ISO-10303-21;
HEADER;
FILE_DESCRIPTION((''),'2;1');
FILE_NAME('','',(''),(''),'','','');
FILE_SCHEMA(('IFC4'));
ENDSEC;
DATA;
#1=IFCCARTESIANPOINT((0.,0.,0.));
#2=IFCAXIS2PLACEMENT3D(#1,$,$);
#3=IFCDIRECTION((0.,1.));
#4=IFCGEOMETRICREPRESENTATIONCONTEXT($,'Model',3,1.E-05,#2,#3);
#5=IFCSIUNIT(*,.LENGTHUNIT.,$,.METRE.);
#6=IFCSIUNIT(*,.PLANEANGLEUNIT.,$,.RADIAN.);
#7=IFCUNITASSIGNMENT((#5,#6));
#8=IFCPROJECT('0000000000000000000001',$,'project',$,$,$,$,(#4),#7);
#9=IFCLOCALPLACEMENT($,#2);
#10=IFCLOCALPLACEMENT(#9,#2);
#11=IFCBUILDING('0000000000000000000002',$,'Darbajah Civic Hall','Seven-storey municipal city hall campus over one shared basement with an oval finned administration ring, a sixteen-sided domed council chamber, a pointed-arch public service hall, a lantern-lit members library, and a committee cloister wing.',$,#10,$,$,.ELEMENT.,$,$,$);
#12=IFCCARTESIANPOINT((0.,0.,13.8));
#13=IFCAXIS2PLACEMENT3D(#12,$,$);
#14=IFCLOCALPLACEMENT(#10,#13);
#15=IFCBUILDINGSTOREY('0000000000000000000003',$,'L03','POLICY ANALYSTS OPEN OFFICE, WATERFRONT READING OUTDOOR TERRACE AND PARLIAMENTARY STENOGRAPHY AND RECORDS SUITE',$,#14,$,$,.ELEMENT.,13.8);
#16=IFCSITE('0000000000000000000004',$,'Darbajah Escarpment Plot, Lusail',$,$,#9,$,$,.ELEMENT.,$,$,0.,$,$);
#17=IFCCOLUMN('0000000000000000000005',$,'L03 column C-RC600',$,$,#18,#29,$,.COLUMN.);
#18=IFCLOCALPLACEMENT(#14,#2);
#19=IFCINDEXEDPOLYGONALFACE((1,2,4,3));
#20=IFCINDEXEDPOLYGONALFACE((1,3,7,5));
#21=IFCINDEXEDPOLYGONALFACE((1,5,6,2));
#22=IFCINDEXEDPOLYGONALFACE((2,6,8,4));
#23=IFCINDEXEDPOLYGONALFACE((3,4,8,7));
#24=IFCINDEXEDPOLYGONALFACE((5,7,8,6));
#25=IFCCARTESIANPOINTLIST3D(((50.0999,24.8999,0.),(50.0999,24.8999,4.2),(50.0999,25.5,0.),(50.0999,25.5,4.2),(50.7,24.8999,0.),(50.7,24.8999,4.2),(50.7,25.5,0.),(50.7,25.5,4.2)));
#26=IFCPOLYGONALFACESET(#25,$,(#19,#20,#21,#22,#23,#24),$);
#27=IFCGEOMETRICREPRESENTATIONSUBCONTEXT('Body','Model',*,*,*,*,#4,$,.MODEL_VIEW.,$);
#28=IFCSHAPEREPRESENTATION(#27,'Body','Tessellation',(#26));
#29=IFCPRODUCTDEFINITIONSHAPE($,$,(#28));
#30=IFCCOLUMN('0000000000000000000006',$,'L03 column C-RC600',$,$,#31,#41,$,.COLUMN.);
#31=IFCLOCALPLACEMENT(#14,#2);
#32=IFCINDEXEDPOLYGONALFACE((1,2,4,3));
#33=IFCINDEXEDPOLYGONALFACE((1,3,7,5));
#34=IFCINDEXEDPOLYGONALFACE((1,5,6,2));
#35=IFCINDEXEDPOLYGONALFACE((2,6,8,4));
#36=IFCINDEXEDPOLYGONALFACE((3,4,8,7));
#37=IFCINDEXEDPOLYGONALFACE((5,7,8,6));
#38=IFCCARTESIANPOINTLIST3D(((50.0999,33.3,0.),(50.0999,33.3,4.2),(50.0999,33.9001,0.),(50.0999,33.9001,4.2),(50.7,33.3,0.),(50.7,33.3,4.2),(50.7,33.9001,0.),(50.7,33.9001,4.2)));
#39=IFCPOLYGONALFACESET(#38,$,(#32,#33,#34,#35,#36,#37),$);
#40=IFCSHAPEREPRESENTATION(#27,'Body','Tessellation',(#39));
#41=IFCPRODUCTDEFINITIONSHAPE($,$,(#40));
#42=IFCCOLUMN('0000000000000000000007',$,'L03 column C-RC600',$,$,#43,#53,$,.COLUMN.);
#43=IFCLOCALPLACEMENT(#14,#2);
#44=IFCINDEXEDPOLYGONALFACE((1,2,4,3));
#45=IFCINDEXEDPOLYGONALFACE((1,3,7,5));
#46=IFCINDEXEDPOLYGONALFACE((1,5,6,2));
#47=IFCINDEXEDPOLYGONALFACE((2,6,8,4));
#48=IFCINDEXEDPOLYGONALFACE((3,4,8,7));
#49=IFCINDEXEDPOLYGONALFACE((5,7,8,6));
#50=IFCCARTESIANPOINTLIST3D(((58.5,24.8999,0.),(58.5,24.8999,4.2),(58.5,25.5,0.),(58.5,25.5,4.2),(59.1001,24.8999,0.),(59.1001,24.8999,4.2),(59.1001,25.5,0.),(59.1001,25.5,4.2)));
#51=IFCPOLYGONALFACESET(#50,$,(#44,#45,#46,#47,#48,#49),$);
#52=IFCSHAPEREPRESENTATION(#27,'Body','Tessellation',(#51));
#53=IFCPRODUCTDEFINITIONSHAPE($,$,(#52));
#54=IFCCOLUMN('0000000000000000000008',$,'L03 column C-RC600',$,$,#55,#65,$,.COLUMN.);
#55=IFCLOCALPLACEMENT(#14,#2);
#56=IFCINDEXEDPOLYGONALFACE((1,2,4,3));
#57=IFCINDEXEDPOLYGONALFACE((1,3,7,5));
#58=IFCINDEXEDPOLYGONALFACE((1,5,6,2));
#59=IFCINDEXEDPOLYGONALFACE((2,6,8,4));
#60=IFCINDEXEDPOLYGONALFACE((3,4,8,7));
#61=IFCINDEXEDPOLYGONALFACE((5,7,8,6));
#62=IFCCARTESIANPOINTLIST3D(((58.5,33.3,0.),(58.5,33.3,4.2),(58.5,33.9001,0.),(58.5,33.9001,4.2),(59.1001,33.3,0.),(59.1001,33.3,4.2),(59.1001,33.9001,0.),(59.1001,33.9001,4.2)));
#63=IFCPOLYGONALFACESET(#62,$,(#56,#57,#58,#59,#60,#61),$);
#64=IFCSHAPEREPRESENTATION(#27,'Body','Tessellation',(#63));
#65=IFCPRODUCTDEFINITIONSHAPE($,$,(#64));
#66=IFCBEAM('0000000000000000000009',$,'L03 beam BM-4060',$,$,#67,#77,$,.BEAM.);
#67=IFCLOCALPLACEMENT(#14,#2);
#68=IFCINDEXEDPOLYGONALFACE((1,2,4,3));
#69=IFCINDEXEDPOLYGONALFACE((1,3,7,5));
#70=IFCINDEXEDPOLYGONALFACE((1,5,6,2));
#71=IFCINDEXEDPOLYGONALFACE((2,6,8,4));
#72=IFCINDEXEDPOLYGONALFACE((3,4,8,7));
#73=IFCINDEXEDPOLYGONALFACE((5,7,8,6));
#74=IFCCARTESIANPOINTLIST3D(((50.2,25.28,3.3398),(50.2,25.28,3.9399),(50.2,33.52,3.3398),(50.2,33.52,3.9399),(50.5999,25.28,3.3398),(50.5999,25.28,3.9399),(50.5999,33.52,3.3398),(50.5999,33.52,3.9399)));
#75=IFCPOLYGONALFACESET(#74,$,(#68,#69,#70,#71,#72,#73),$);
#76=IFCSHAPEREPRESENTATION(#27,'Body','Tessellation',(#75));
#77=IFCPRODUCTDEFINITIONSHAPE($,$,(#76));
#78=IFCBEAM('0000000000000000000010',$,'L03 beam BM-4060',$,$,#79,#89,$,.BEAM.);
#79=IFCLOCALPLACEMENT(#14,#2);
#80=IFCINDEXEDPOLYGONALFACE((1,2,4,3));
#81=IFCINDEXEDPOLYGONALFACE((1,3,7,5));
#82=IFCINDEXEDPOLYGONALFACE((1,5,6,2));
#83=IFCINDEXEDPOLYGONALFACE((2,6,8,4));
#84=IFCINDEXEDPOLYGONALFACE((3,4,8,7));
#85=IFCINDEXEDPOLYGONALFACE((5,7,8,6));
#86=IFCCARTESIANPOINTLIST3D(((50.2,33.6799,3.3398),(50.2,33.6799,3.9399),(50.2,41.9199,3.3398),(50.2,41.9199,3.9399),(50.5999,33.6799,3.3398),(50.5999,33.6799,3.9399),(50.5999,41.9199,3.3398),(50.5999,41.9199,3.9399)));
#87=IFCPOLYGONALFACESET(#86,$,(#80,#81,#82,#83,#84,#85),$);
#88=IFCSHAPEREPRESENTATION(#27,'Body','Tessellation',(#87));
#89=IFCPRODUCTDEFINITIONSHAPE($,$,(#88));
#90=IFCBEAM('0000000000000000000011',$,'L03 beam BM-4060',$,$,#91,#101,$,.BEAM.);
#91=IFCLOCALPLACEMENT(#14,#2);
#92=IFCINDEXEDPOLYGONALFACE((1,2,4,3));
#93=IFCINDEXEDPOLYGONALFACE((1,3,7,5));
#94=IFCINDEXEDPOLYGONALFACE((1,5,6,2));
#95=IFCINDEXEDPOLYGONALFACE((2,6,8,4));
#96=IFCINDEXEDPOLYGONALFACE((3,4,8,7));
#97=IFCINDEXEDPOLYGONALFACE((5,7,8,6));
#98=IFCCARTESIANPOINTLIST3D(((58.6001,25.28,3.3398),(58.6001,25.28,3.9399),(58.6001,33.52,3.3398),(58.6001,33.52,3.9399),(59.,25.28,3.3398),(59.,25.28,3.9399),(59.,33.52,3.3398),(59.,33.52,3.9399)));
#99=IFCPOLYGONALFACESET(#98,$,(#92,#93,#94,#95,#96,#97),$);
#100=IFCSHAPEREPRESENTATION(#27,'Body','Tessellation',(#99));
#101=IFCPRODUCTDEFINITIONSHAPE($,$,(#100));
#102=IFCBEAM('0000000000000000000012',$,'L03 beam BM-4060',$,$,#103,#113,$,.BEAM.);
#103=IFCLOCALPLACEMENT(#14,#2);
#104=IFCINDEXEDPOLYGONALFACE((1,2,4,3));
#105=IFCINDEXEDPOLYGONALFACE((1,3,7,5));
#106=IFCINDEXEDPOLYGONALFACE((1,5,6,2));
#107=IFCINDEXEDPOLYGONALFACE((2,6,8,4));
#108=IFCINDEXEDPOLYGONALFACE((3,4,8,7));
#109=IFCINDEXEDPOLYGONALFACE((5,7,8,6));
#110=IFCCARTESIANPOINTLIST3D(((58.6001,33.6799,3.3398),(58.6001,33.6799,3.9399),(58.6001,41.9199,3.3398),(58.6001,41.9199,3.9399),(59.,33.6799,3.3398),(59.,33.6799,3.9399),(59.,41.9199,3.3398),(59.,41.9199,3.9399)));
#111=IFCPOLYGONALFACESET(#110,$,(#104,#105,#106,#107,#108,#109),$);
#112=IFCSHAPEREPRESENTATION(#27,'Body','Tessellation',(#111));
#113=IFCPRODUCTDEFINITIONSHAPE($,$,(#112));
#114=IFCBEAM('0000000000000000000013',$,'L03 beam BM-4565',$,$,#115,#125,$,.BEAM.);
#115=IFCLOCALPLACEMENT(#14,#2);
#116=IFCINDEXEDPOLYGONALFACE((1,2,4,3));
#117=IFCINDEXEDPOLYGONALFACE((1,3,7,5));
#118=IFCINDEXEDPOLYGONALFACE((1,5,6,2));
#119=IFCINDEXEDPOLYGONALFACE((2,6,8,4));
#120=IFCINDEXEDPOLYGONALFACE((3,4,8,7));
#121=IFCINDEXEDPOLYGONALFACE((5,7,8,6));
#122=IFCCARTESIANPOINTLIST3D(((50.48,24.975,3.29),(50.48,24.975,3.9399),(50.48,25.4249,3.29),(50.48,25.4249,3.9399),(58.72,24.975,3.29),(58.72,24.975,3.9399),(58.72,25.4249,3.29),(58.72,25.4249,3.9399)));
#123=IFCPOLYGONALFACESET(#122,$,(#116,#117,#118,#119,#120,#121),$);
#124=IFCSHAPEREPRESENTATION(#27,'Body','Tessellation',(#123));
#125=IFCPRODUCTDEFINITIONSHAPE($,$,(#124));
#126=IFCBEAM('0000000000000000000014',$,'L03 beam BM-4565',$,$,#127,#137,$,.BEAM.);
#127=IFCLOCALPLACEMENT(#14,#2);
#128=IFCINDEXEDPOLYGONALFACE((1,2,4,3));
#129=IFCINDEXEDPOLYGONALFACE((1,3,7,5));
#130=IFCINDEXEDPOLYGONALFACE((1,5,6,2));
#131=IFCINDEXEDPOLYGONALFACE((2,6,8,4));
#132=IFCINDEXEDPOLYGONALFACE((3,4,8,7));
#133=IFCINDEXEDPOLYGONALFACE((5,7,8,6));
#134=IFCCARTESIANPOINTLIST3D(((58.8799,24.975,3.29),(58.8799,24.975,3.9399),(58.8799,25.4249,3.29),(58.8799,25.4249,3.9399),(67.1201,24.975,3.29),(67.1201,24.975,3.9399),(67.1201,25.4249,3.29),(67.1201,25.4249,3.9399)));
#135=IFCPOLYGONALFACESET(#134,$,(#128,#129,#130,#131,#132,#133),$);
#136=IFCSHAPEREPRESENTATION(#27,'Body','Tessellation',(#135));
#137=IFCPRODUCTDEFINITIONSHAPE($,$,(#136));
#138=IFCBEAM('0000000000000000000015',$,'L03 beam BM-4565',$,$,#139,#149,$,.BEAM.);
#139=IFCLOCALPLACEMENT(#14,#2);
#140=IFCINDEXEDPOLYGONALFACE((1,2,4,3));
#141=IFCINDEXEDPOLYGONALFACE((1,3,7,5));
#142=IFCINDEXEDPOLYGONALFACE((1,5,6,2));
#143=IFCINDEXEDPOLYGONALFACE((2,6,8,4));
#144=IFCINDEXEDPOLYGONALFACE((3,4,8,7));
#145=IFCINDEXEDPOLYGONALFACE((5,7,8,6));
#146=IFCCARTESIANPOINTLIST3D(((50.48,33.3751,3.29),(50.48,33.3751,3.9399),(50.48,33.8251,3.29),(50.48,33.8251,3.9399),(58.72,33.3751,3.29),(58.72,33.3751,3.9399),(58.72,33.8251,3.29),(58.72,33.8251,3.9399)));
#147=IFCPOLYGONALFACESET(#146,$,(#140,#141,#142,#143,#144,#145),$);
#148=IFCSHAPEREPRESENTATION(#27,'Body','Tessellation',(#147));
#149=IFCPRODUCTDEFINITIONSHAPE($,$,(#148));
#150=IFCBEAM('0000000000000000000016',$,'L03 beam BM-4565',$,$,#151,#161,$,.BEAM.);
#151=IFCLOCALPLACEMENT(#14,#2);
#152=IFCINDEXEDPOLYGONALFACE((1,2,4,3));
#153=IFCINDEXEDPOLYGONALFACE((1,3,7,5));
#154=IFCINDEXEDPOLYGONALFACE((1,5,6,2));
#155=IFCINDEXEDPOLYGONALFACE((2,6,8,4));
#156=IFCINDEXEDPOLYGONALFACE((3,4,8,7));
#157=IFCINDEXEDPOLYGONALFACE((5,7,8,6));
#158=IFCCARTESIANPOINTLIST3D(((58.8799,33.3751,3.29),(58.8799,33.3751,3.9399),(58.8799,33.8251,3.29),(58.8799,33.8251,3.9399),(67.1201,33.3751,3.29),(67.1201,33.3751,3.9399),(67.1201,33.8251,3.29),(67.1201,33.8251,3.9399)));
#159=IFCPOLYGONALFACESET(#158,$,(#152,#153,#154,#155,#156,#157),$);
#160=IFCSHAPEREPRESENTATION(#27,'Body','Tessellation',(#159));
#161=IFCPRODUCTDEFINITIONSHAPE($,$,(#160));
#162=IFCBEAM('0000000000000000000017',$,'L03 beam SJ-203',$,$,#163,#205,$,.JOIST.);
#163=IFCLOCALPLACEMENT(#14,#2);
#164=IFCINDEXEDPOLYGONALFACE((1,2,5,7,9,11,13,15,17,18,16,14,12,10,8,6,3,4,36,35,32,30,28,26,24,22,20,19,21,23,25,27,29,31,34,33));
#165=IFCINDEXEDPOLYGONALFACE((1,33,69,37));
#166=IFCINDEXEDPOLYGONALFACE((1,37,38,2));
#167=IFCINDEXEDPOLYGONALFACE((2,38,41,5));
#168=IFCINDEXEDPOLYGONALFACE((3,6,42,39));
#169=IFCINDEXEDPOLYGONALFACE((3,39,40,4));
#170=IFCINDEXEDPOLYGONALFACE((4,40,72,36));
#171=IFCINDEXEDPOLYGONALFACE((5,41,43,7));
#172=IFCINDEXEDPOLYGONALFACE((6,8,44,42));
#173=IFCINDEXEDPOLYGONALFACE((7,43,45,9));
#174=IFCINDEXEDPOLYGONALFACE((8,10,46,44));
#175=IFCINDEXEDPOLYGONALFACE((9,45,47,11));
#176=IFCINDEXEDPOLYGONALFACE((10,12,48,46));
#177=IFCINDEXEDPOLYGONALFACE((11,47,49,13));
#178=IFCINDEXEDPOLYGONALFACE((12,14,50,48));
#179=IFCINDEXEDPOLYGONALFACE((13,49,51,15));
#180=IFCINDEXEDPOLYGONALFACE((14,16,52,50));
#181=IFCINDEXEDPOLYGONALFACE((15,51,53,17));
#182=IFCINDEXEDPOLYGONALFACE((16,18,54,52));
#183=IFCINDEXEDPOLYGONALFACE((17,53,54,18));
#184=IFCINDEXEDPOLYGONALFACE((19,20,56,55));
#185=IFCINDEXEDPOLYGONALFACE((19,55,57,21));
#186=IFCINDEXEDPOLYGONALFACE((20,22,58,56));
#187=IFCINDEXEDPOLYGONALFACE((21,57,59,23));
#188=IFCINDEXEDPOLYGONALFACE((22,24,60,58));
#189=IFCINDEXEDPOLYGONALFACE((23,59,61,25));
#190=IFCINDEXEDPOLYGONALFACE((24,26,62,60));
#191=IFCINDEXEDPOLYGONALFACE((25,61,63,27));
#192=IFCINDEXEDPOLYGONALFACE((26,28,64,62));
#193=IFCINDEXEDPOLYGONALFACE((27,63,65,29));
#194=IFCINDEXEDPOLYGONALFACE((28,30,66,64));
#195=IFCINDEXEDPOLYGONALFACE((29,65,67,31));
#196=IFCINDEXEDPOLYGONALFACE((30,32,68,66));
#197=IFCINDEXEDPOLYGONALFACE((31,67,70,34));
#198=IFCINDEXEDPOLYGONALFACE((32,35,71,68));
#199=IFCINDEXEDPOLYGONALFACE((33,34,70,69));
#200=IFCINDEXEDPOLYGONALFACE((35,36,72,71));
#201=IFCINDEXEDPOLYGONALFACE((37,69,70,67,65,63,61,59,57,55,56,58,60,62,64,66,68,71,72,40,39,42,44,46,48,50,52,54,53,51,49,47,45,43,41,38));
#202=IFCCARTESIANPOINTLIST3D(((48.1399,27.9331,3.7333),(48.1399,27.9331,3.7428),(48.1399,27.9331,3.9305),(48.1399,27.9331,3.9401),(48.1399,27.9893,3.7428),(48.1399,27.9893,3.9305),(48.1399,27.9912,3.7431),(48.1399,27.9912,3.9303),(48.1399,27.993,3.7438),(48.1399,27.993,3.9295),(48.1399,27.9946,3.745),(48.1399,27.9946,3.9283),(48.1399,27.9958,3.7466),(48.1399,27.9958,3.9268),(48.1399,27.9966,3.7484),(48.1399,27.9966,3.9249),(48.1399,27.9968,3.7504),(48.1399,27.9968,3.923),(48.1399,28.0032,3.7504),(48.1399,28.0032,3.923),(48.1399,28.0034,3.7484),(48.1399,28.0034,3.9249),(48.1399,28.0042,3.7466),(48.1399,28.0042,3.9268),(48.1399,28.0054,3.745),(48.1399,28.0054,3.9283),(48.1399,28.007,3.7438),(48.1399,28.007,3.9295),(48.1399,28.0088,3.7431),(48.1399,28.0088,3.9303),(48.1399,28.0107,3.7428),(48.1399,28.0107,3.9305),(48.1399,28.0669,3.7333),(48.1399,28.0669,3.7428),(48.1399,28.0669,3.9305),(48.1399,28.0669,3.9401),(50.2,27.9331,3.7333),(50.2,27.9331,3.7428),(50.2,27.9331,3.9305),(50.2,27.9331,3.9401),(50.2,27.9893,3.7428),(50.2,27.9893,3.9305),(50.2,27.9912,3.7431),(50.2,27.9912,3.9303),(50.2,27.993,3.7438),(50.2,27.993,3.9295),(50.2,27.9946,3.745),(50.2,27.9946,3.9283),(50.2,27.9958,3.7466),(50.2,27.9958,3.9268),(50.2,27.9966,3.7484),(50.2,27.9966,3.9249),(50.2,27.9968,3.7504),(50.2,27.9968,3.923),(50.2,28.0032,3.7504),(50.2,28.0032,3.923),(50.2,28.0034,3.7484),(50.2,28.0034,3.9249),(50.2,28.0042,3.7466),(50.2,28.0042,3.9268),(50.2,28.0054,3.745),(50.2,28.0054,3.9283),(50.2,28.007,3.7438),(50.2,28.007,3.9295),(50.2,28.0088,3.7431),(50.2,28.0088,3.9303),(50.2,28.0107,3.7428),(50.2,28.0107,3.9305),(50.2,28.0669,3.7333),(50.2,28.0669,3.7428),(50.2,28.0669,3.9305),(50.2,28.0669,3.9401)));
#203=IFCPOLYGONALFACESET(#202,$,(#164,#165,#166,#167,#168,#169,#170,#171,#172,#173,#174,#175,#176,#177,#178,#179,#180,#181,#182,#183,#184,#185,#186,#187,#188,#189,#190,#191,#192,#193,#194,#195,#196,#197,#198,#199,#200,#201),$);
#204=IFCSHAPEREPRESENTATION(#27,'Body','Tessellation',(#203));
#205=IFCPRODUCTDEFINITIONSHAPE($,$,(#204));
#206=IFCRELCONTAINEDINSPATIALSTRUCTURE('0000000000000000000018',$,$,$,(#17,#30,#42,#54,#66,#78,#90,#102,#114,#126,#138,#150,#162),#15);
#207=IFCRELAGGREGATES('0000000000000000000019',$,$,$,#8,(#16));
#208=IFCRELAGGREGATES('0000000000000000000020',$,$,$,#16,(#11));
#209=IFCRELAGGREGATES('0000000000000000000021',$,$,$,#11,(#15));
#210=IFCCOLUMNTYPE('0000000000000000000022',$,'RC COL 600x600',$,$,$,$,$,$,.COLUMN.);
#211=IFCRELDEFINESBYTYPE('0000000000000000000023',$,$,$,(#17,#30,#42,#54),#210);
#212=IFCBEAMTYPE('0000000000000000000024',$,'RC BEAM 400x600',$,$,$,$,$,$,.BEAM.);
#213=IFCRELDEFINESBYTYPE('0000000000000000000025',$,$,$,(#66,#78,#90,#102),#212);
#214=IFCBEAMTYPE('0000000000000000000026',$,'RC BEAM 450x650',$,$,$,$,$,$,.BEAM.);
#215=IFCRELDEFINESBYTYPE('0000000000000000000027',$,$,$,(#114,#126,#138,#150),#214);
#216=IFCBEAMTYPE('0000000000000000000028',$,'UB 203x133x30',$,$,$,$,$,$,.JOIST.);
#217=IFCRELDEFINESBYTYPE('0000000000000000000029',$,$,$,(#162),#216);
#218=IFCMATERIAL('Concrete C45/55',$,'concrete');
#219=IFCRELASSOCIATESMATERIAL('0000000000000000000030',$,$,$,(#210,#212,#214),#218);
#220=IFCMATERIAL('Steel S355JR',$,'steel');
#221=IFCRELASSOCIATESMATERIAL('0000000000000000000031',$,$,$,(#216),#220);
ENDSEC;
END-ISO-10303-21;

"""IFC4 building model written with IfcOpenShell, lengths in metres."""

from ifc_helpers import new_model, si_unit, direction, frame, origin, origin_2d, place, context, subcontext, project, spatial, rectangle, i_section, extrude, material, material_profile, profile_set, type_object, element, save


model = new_model("IFC4")

# Units and contexts
model_context = context("Model", 3, precision=1e-05, world=origin(), true_north=direction((0.0, 1.0)))
body_context = subcontext(model_context, "Body", "Model", "MODEL_VIEW")
ifc_project = project(units=[si_unit("LENGTHUNIT", "METRE"), si_unit("PLANEANGLEUNIT", "RADIAN")], contexts=[model_context])

# Site, building, storey
site_placement = place(None, origin())
site = spatial("IfcSite", under=ifc_project, at=site_placement, Name="Darbajah Escarpment Plot, Lusail", CompositionType="ELEMENT", RefElevation=0.0)
building_placement = place(site_placement, origin())
building = spatial("IfcBuilding", under=site, at=building_placement, Name="Darbajah Civic Hall", Description="Seven-storey municipal city hall campus over one shared basement with an oval finned administration ring, a sixteen-sided domed council chamber, a pointed-arch public service hall, a lantern-lit members library, and a committee cloister wing.", CompositionType="ELEMENT")
storey_placement = place(building_placement, frame((0.0, 0.0, 13.8)))
storey = spatial("IfcBuildingStorey", under=building, at=storey_placement, Name="L03", Description="POLICY ANALYSTS OPEN OFFICE, WATERFRONT READING OUTDOOR TERRACE AND PARLIAMENTARY STENOGRAPHY AND RECORDS SUITE", CompositionType="ELEMENT", Elevation=13.8)

# Columns
ifc_material_1 = material(Name="Concrete C45/55", Category="concrete")
ifc_material_profile_1 = material_profile(ifc_material_1, rectangle(XDim=0.6001, YDim=0.6001, at=origin_2d()), Name="RC COL 600x600")
ifc_profile_set_1 = profile_set([ifc_material_profile_1], Name="Concrete C45/55")
column_type = type_object("IfcColumnType", Name="RC COL 600x600", PredefinedType="COLUMN", material=ifc_profile_set_1)
for number, where, z_axis, x_axis, name in (
    (1, (50.3999, 25.2, 0.0), (0.0, 0.0, 1.0), (1.0, 0.0, 0.0), "L03 column C-RC600"),
    (2, (50.3999, 33.6001, 0.0), (0.0, 0.0, 1.0), (1.0, 0.0, 0.0), "L03 column C-RC600"),
    (3, (58.8, 25.2, 0.0), (0.0, 0.0, 1.0), (1.0, 0.0, 0.0), "L03 column C-RC600"),
    (4, (58.8, 33.6001, 0.0), (0.0, 0.0, 1.0), (1.0, 0.0, 0.0), "L03 column C-RC600"),
):
    element("IfcColumn", number, at=place(storey_placement, frame(where, z_axis=z_axis, x_axis=x_axis)), inside=storey, type_object=column_type, Name=name, PredefinedType="COLUMN", context=body_context, shape_type="SweptSolid", body=[
        extrude(rectangle(XDim=0.6001, YDim=0.6001, at=origin_2d()), origin(), (0.0, 0.0, 1.0), 4.2),
    ])

# Beams
ifc_material_profile_2 = material_profile(ifc_material_1, rectangle(XDim=0.3999, YDim=0.6001, at=origin_2d()), Name="RC BEAM 400x600")
ifc_profile_set_2 = profile_set([ifc_material_profile_2], Name="Concrete C45/55")
beam_type_1 = type_object("IfcBeamType", Name="RC BEAM 400x600", PredefinedType="BEAM", material=ifc_profile_set_2)
for number, where, z_axis, x_axis, name in (
    (5, (50.3999, 25.28, 3.6399), (0.0, 1.0, 0.0), (-1.0, 0.0, 0.0), "L03 beam BM-4060"),
    (6, (50.3999, 33.6799, 3.6399), (0.0, 1.0, 0.0), (-1.0, 0.0, 0.0), "L03 beam BM-4060"),
    (7, (58.8, 25.28, 3.6399), (0.0, 1.0, 0.0), (-1.0, 0.0, 0.0), "L03 beam BM-4060"),
    (8, (58.8, 33.6799, 3.6399), (0.0, 1.0, 0.0), (-1.0, 0.0, 0.0), "L03 beam BM-4060"),
):
    element("IfcBeam", number, at=place(storey_placement, frame(where, z_axis=z_axis, x_axis=x_axis)), inside=storey, type_object=beam_type_1, Name=name, PredefinedType="BEAM", context=body_context, shape_type="SweptSolid", body=[
        extrude(rectangle(XDim=0.3999, YDim=0.6001, at=origin_2d()), origin(), (0.0, 0.0, 1.0), 8.24),
    ])
ifc_material_profile_3 = material_profile(ifc_material_1, rectangle(XDim=0.45, YDim=0.6499, at=origin_2d()), Name="RC BEAM 450x650")
ifc_profile_set_3 = profile_set([ifc_material_profile_3], Name="Concrete C45/55")
beam_type_2 = type_object("IfcBeamType", Name="RC BEAM 450x650", PredefinedType="BEAM", material=ifc_profile_set_3)
beam_1_placement = place(storey_placement, frame((50.48, 25.2, 3.615), z_axis=(1.0, 0.0, 0.0), x_axis=(0.0, 1.0, 0.0)))
element("IfcBeam", 9, at=beam_1_placement, inside=storey, type_object=beam_type_2, Name="L03 beam BM-4565", PredefinedType="BEAM", context=body_context, shape_type="SweptSolid", body=[
    extrude(rectangle(XDim=0.45, YDim=0.6499, at=origin_2d()), origin(), (0.0, 0.0, 1.0), 8.24),
])
beam_2_placement = place(storey_placement, frame((58.8799, 25.2, 3.615), z_axis=(1.0, 0.0, 0.0), x_axis=(0.0, 1.0, 0.0)))
element("IfcBeam", 10, at=beam_2_placement, inside=storey, type_object=beam_type_2, Name="L03 beam BM-4565", PredefinedType="BEAM", context=body_context, shape_type="SweptSolid", body=[
    extrude(rectangle(XDim=0.45, YDim=0.6499, at=origin_2d()), origin(), (0.0, 0.0, 1.0), 8.2402),
])
beam_3_placement = place(storey_placement, frame((50.48, 33.6001, 3.615), z_axis=(1.0, 0.0, 0.0), x_axis=(0.0, 1.0, 0.0)))
element("IfcBeam", 11, at=beam_3_placement, inside=storey, type_object=beam_type_2, Name="L03 beam BM-4565", PredefinedType="BEAM", context=body_context, shape_type="SweptSolid", body=[
    extrude(rectangle(XDim=0.45, YDim=0.6499, at=origin_2d()), origin(), (0.0, 0.0, 1.0), 8.24),
])
beam_4_placement = place(storey_placement, frame((58.8799, 33.6001, 3.615), z_axis=(1.0, 0.0, 0.0), x_axis=(0.0, 1.0, 0.0)))
element("IfcBeam", 12, at=beam_4_placement, inside=storey, type_object=beam_type_2, Name="L03 beam BM-4565", PredefinedType="BEAM", context=body_context, shape_type="SweptSolid", body=[
    extrude(rectangle(XDim=0.45, YDim=0.6499, at=origin_2d()), origin(), (0.0, 0.0, 1.0), 8.2402),
])
ifc_material_2 = material(Name="Steel S355JR", Category="steel")
ifc_material_profile_4 = material_profile(ifc_material_2, i_section(OverallWidth=0.1338, OverallDepth=0.2068, WebThickness=0.0063, FlangeThickness=0.0095, FilletRadius=0.0076, at=origin_2d()), Name="UB 203x133x30")
ifc_profile_set_4 = profile_set([ifc_material_profile_4], Name="Steel S355JR")
beam_type_3 = type_object("IfcBeamType", Name="UB 203x133x30", PredefinedType="JOIST", material=ifc_profile_set_4)
beam_5_placement = place(storey_placement, frame((48.1399, 28.0, 3.8367), z_axis=(1.0, 0.0, 0.0), x_axis=(0.0, 1.0, 0.0)))
element("IfcBeam", 13, at=beam_5_placement, inside=storey, type_object=beam_type_3, Name="L03 beam SJ-203", PredefinedType="JOIST", context=body_context, shape_type="SweptSolid", body=[
    extrude(i_section(OverallWidth=0.1338, OverallDepth=0.2068, WebThickness=0.0063, FlangeThickness=0.0095, FilletRadius=0.0076, at=origin_2d()), origin(), (0.0, 0.0, 1.0), 2.0601),
])

save(model, "model.ifc")
